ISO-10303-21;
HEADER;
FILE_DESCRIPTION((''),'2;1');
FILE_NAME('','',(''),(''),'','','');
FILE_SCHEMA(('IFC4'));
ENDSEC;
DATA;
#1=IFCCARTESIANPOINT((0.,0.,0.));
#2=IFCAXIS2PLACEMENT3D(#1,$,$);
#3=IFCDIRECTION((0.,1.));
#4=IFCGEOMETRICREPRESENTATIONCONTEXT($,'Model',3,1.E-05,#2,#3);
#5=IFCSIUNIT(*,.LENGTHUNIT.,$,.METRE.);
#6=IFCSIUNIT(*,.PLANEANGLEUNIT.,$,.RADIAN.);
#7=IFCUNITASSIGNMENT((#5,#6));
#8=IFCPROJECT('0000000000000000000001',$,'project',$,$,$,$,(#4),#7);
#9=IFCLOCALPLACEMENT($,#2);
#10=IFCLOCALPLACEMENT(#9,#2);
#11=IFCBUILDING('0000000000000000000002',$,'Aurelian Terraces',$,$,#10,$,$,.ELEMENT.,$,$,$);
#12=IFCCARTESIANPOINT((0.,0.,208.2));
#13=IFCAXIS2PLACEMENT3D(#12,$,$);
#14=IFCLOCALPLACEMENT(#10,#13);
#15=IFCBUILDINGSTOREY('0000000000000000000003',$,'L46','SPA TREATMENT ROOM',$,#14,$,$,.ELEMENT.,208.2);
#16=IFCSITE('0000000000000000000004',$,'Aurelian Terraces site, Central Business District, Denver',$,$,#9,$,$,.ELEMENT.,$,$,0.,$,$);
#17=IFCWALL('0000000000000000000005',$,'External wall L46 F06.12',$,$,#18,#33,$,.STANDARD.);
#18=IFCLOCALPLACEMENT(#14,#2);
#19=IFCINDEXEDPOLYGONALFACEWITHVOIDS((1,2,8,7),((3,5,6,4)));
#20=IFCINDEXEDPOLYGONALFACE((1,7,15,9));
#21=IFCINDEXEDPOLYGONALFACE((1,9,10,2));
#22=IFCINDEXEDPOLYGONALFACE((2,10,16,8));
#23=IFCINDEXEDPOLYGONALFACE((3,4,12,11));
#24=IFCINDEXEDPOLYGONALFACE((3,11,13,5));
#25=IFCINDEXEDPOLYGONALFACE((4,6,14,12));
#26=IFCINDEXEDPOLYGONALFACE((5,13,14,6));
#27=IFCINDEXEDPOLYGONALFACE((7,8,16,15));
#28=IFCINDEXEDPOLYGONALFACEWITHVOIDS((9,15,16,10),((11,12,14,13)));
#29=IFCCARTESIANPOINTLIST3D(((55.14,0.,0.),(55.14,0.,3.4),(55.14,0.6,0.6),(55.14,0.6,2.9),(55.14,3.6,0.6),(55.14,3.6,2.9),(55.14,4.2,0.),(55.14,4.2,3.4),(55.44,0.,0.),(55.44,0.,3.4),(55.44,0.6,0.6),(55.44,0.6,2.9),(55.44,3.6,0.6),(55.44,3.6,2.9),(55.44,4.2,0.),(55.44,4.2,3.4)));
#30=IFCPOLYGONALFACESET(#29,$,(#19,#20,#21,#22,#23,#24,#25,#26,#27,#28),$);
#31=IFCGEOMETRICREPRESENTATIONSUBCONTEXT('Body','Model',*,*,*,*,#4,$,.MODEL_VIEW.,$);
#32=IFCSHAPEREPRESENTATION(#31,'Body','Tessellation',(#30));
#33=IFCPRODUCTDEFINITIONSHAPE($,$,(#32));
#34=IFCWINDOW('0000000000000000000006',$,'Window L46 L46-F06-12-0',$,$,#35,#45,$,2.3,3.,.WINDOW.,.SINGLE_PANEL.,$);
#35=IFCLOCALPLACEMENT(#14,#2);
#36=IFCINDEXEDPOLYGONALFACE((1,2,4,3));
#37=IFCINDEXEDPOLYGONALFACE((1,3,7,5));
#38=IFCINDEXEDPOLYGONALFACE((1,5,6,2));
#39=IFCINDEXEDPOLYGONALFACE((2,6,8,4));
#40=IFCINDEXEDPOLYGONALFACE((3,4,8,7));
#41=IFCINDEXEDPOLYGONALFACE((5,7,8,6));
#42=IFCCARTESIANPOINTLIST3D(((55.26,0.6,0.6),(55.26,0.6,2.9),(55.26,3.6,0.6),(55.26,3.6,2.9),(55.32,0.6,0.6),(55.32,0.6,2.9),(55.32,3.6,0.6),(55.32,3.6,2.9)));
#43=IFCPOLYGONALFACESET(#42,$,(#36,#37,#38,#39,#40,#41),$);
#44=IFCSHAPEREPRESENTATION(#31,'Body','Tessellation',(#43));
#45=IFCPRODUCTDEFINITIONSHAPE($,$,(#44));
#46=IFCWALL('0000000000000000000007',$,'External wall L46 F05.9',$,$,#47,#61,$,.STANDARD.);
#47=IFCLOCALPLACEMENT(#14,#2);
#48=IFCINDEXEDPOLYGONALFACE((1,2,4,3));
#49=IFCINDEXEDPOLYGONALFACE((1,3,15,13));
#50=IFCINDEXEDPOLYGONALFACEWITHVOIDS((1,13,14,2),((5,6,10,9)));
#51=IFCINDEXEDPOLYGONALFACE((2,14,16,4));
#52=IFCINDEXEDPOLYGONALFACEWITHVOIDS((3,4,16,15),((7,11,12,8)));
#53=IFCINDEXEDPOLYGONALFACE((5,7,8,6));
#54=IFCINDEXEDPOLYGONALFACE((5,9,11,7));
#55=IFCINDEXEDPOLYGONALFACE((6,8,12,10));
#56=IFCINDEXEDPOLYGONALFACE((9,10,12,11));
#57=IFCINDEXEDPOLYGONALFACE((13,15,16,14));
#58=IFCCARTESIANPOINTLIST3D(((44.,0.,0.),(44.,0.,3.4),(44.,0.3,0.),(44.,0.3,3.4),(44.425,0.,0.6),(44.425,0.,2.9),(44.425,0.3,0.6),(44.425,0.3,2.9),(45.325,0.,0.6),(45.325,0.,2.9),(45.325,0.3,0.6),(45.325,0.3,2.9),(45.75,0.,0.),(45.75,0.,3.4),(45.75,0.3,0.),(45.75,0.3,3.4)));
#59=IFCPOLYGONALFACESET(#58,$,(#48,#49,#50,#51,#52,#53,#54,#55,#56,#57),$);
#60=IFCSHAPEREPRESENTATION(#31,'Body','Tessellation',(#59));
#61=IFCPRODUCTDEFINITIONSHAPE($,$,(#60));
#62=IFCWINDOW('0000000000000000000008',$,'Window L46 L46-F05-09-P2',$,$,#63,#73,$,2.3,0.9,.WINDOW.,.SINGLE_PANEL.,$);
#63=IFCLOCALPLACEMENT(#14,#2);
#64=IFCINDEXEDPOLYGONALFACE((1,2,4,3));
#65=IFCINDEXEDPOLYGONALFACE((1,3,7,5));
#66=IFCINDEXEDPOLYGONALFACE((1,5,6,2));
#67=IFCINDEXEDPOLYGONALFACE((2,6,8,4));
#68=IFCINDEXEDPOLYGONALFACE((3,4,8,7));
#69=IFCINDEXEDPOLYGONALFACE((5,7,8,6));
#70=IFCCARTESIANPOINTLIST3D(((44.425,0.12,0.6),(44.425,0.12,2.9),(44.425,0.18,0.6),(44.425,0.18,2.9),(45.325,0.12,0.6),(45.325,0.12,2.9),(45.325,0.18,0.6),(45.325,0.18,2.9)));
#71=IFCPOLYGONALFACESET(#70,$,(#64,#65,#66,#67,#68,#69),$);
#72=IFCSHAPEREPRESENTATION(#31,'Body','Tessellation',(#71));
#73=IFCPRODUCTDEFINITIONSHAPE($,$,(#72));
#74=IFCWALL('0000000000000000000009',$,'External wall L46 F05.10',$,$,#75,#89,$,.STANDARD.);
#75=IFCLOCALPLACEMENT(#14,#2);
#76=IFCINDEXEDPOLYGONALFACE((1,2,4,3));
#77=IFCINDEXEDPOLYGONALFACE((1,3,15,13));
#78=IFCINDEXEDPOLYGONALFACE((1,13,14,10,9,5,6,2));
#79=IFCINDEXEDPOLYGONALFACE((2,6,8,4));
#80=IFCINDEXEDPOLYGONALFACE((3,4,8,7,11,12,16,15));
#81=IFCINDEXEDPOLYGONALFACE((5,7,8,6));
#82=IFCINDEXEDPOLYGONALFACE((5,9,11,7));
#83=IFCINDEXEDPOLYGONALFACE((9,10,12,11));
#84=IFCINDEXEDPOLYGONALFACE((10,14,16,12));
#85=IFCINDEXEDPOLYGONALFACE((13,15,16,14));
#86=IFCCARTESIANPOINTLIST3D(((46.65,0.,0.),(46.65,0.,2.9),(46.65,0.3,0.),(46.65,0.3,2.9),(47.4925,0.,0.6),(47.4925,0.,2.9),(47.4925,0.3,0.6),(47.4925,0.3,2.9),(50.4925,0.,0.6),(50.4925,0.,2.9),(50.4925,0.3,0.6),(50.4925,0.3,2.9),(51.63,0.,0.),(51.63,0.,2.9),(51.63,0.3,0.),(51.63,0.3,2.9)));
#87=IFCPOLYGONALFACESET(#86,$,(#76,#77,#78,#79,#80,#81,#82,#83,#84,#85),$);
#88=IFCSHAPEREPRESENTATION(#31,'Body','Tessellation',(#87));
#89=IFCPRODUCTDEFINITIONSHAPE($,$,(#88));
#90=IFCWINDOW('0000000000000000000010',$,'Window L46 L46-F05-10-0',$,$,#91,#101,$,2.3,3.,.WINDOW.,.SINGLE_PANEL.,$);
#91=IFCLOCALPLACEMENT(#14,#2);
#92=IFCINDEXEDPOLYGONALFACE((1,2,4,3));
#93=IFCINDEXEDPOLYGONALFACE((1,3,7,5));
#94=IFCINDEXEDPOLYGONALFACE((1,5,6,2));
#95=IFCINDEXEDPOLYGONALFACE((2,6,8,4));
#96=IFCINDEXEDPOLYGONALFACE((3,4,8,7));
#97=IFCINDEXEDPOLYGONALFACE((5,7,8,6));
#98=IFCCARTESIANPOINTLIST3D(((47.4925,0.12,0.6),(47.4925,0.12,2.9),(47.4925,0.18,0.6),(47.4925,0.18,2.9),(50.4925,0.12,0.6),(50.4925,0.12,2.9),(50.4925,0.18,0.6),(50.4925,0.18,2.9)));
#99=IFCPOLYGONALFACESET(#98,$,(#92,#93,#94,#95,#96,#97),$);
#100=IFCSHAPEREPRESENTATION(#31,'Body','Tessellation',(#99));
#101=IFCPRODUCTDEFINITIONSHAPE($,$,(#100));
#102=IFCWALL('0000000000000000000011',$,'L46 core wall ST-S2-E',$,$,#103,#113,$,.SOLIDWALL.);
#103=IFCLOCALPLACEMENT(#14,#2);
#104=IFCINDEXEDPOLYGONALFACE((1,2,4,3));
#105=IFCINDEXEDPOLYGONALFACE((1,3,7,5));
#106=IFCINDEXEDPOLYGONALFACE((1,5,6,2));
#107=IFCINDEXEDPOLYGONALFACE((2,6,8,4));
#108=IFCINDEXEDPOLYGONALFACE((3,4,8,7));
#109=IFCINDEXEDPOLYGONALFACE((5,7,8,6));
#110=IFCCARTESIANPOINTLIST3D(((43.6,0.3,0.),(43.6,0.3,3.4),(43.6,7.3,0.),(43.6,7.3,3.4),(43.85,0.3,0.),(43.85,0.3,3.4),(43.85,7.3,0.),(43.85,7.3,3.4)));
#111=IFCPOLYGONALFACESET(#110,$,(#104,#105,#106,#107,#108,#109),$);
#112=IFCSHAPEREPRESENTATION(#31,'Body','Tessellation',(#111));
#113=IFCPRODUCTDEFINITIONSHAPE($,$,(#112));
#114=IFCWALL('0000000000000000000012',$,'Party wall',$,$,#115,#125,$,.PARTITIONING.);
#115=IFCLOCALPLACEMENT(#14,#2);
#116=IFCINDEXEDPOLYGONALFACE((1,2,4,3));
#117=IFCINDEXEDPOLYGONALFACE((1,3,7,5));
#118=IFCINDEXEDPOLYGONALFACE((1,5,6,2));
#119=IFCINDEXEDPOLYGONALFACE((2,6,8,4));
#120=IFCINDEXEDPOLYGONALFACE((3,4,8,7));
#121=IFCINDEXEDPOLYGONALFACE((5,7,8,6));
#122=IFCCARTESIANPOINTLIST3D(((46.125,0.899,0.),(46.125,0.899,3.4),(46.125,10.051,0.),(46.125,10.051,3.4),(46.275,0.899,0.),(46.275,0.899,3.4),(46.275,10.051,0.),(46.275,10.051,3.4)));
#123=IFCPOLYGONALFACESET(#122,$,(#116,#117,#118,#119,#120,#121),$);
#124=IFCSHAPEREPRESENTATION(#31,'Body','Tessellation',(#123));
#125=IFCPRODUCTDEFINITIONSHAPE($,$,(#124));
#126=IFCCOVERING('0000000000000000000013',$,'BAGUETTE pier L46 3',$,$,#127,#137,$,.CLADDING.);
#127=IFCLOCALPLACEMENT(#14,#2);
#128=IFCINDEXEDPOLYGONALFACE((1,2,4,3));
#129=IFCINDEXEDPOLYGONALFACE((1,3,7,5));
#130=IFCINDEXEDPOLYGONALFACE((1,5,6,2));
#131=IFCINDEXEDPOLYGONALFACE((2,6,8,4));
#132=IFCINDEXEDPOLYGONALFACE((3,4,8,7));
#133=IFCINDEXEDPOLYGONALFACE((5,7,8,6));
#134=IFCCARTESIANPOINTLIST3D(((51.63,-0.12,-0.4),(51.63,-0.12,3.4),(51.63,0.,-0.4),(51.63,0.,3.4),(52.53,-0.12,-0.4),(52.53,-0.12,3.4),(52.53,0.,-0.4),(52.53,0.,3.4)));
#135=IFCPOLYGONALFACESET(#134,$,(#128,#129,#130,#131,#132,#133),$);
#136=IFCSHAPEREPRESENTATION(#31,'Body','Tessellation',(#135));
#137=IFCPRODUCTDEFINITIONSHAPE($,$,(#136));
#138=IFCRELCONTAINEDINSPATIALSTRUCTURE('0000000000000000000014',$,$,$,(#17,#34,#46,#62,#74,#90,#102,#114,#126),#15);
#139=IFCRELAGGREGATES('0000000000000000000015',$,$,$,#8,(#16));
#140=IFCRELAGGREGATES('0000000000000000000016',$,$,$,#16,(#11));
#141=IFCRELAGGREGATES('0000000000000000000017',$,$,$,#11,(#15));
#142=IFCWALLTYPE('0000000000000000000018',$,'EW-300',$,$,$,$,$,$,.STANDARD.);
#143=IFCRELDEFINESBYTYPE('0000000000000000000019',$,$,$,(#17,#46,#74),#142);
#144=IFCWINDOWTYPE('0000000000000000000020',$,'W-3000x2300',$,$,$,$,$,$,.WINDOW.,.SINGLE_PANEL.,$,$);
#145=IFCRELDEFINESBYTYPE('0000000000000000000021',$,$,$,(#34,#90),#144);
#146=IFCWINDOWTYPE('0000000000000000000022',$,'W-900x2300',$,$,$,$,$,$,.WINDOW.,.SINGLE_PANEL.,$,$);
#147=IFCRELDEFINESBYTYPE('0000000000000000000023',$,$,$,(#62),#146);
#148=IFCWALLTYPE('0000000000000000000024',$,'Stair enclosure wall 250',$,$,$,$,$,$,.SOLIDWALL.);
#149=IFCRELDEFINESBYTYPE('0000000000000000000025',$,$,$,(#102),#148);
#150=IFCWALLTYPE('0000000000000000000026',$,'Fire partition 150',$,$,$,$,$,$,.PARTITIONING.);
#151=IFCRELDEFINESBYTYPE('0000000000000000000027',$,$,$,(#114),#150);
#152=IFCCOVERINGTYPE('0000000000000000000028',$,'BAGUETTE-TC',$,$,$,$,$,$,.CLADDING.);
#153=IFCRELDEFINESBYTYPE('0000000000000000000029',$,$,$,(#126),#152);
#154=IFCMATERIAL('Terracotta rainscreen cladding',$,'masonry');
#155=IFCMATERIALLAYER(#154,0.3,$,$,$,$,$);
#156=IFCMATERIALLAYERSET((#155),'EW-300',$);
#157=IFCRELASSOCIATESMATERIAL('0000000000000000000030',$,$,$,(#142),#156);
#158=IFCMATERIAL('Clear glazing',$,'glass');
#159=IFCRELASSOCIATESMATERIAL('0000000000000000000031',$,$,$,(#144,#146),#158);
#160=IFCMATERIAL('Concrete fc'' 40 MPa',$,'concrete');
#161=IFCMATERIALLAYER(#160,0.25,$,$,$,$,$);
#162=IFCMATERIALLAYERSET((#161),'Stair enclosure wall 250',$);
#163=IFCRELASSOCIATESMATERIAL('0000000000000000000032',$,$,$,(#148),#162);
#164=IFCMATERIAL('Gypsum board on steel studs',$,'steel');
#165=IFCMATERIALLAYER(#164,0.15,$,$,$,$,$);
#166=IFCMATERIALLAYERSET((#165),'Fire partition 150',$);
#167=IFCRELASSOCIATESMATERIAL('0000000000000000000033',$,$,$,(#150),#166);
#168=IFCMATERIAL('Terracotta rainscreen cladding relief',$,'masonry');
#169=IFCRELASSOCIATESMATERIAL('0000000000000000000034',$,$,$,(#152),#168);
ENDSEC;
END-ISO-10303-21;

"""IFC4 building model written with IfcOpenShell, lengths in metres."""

from ifc_helpers import new_model, si_unit, direction, frame, frame_2d, origin, origin_2d, place, context, subcontext, project, spatial, rectangle, extrude, source, transform, mapped, material, layer, layer_set, type_object, element, fill, save


model = new_model("IFC4")

# Units and contexts
model_context = context("Model", 3, precision=1e-05, world=origin(), true_north=direction((0.0, 1.0)))
body_context = subcontext(model_context, "Body", "Model", "MODEL_VIEW")
ifc_project = project(units=[si_unit("LENGTHUNIT", "METRE"), si_unit("PLANEANGLEUNIT", "RADIAN")], contexts=[model_context])

# Site, building, storey
site_placement = place(None, origin())
site = spatial("IfcSite", under=ifc_project, at=site_placement, Name="Aurelian Terraces site, Central Business District, Denver", CompositionType="ELEMENT", RefElevation=0.0)
building_placement = place(site_placement, origin())
building = spatial("IfcBuilding", under=site, at=building_placement, Name="Aurelian Terraces", CompositionType="ELEMENT")
storey_placement = place(building_placement, frame((0.0, 0.0, 208.2)))
storey = spatial("IfcBuildingStorey", under=building, at=storey_placement, Name="L46", Description="SPA TREATMENT ROOM", CompositionType="ELEMENT", Elevation=208.2)

# Shared definitions
ifc_material_1 = material(Name="Concrete fc' 40 MPa", Category="concrete")

# Shared definitions
ifc_material_2 = material(Name="Gypsum board on steel studs", Category="steel")

# Walls, openings, windows
ifc_material_3 = material(Name="Terracotta rainscreen cladding", Category="masonry")
ifc_layer_1 = layer(ifc_material_3, 0.3)
ifc_layer_set_1 = layer_set([ifc_layer_1], Name="EW-300")
wall_type_1 = type_object("IfcWallType", Name="EW-300", PredefinedType="STANDARD", material=ifc_layer_set_1)
ifc_material_4 = material(Name="Clear glazing", Category="glass")
shared_shape_1 = source(origin(), body_context, "Body", "SweptSolid", [
    extrude(rectangle(XDim=4.2, YDim=0.3, at=frame_2d((2.1, 0.0))), origin(), (0.0, 0.0, 1.0), 3.4),
])
wall_1_placement = place(storey_placement, frame((55.29, 0.0, 0.0), z_axis=(0.0, 0.0, 1.0), x_axis=(0.0, 1.0, 0.0)))
wall_1 = element("IfcWall", 1, at=wall_1_placement, inside=storey, type_object=wall_type_1, Name="External wall L46 F06.12", PredefinedType="STANDARD", context=body_context, shape_type="MappedRepresentation", body=[
    mapped(shared_shape_1, transform((0.0, 0.0, 0.0), scale=1.0)),
])
shared_shape_2 = source(origin(), body_context, "Body", "SweptSolid", [
    extrude(rectangle(XDim=3.0, YDim=2.3, at=frame_2d((1.5, 1.15))), frame((0.0, 0.16, 0.0), z_axis=(0.0, -1.0, 0.0), x_axis=(1.0, 0.0, 0.0)), (0.0, 0.0, 1.0), 0.32),
])
opening_1_placement = place(wall_1_placement, frame((0.6, 0.0, 0.6)))
opening_1 = element("IfcOpeningElement", 2, at=opening_1_placement, cuts=wall_1, PredefinedType="OPENING", context=body_context, shape_type="MappedRepresentation", body=[
    mapped(shared_shape_2, transform((0.0, 0.0, 0.0), scale=1.0)),
])
window_type_1 = type_object("IfcWindowType", Name="W-3000x2300", PartitioningType="SINGLE_PANEL", PredefinedType="WINDOW", material=ifc_material_4)
shared_shape_3 = source(origin(), body_context, "Body", "SweptSolid", [
    extrude(rectangle(XDim=3.0, YDim=2.3, at=frame_2d((1.5, 1.15))), frame((0.0, 0.03, 0.0), z_axis=(0.0, -1.0, 0.0), x_axis=(1.0, 0.0, 0.0)), (0.0, 0.0, 1.0), 0.06),
])
window_1_placement = place(opening_1_placement, origin())
window_1 = element("IfcWindow", 3, at=window_1_placement, inside=storey, type_object=window_type_1, Name="Window L46 L46-F06-12-0", OverallHeight=2.3, OverallWidth=3.0, PartitioningType="SINGLE_PANEL", PredefinedType="WINDOW", context=body_context, shape_type="MappedRepresentation", body=[
    mapped(shared_shape_3, transform((0.0, 0.0, 0.0), scale=1.0)),
])
fill(opening_1, window_1)
shared_shape_4 = source(origin(), body_context, "Body", "SweptSolid", [
    extrude(rectangle(XDim=1.75, YDim=0.3, at=frame_2d((0.875, 0.0))), origin(), (0.0, 0.0, 1.0), 3.4),
])
wall_2_placement = place(storey_placement, frame((44.0, 0.15, 0.0), z_axis=(0.0, 0.0, 1.0), x_axis=(1.0, 0.0, 0.0)))
wall_2 = element("IfcWall", 4, at=wall_2_placement, inside=storey, type_object=wall_type_1, Name="External wall L46 F05.9", PredefinedType="STANDARD", context=body_context, shape_type="MappedRepresentation", body=[
    mapped(shared_shape_4, transform((0.0, 0.0, 0.0), scale=1.0)),
])
shared_shape_5 = source(origin(), body_context, "Body", "SweptSolid", [
    extrude(rectangle(XDim=0.9, YDim=2.3, at=frame_2d((0.45, 1.15))), frame((0.0, 0.16, 0.0), z_axis=(0.0, -1.0, 0.0), x_axis=(1.0, 0.0, 0.0)), (0.0, 0.0, 1.0), 0.32),
])
opening_2_placement = place(wall_2_placement, frame((0.425, 0.0, 0.6)))
opening_2 = element("IfcOpeningElement", 5, at=opening_2_placement, cuts=wall_2, PredefinedType="OPENING", context=body_context, shape_type="MappedRepresentation", body=[
    mapped(shared_shape_5, transform((0.0, 0.0, 0.0), scale=1.0)),
])
window_type_2 = type_object("IfcWindowType", Name="W-900x2300", PartitioningType="SINGLE_PANEL", PredefinedType="WINDOW", material=ifc_material_4)
shared_shape_6 = source(origin(), body_context, "Body", "SweptSolid", [
    extrude(rectangle(XDim=0.9, YDim=2.3, at=frame_2d((0.45, 1.15))), frame((0.0, 0.03, 0.0), z_axis=(0.0, -1.0, 0.0), x_axis=(1.0, 0.0, 0.0)), (0.0, 0.0, 1.0), 0.06),
])
window_2_placement = place(opening_2_placement, origin())
window_2 = element("IfcWindow", 6, at=window_2_placement, inside=storey, type_object=window_type_2, Name="Window L46 L46-F05-09-P2", OverallHeight=2.3, OverallWidth=0.9, PartitioningType="SINGLE_PANEL", PredefinedType="WINDOW", context=body_context, shape_type="MappedRepresentation", body=[
    mapped(shared_shape_6, transform((0.0, 0.0, 0.0), scale=1.0)),
])
fill(opening_2, window_2)
shared_shape_7 = source(origin(), body_context, "Body", "SweptSolid", [
    extrude(rectangle(XDim=4.98, YDim=0.3, at=frame_2d((2.49, 0.0))), origin(), (0.0, 0.0, 1.0), 2.9),
])
wall_3_placement = place(storey_placement, frame((46.65, 0.15, 0.0), z_axis=(0.0, 0.0, 1.0), x_axis=(1.0, 0.0, 0.0)))
wall_3 = element("IfcWall", 7, at=wall_3_placement, inside=storey, type_object=wall_type_1, Name="External wall L46 F05.10", PredefinedType="STANDARD", context=body_context, shape_type="MappedRepresentation", body=[
    mapped(shared_shape_7, transform((0.0, 0.0, 0.0), scale=1.0)),
])
opening_3_placement = place(wall_3_placement, frame((0.8425, 0.0, 0.6)))
opening_3 = element("IfcOpeningElement", 8, at=opening_3_placement, cuts=wall_3, PredefinedType="OPENING", context=body_context, shape_type="MappedRepresentation", body=[
    mapped(shared_shape_2, transform((0.0, 0.0, 0.0), scale=1.0)),
])
window_3_placement = place(opening_3_placement, origin())
window_3 = element("IfcWindow", 9, at=window_3_placement, inside=storey, type_object=window_type_1, Name="Window L46 L46-F05-10-0", OverallHeight=2.3, OverallWidth=3.0, PartitioningType="SINGLE_PANEL", PredefinedType="WINDOW", context=body_context, shape_type="MappedRepresentation", body=[
    mapped(shared_shape_3, transform((0.0, 0.0, 0.0), scale=1.0)),
])
fill(opening_3, window_3)

# Walls
ifc_layer_2 = layer(ifc_material_1, 0.25)
ifc_layer_set_2 = layer_set([ifc_layer_2], Name="Stair enclosure wall 250")
wall_type_2 = type_object("IfcWallType", Name="Stair enclosure wall 250", PredefinedType="SOLIDWALL", material=ifc_layer_set_2)
shared_shape_8 = source(origin(), body_context, "Body", "SweptSolid", [
    extrude(rectangle(XDim=7.0, YDim=0.25, at=frame_2d((3.5, 0.0))), origin(), (0.0, 0.0, 1.0), 3.4),
])
wall_4_placement = place(storey_placement, frame((43.725, 0.3, 0.0), z_axis=(0.0, 0.0, 1.0), x_axis=(0.0, 1.0, 0.0)))
element("IfcWall", 10, at=wall_4_placement, inside=storey, type_object=wall_type_2, Name="L46 core wall ST-S2-E", PredefinedType="SOLIDWALL", context=body_context, shape_type="MappedRepresentation", body=[
    mapped(shared_shape_8, transform((0.0, 0.0, 0.0), scale=1.0)),
])
ifc_layer_3 = layer(ifc_material_2, 0.15)
ifc_layer_set_3 = layer_set([ifc_layer_3], Name="Fire partition 150")
wall_type_3 = type_object("IfcWallType", Name="Fire partition 150", PredefinedType="PARTITIONING", material=ifc_layer_set_3)
shared_shape_9 = source(origin(), body_context, "Body", "SweptSolid", [
    extrude(rectangle(XDim=9.152, YDim=0.15, at=frame_2d((4.576, 0.0))), origin(), (0.0, 0.0, 1.0), 3.4),
])
wall_5_placement = place(storey_placement, frame((46.2, 0.899, 0.0), z_axis=(0.0, 0.0, 1.0), x_axis=(0.0, 1.0, 0.0)))
element("IfcWall", 11, at=wall_5_placement, inside=storey, type_object=wall_type_3, Name="Party wall", PredefinedType="PARTITIONING", context=body_context, shape_type="MappedRepresentation", body=[
    mapped(shared_shape_9, transform((0.0, 0.0, 0.0), scale=1.0)),
])

# Covering
ifc_material_5 = material(Name="Terracotta rainscreen cladding relief", Category="masonry")
covering_type = type_object("IfcCoveringType", Name="BAGUETTE-TC", PredefinedType="CLADDING", material=ifc_material_5)
shared_shape_10 = source(origin(), body_context, "Body", "SweptSolid", [
    extrude(rectangle(XDim=0.9, YDim=0.12, at=origin_2d()), origin(), (0.0, 0.0, 1.0), 3.8),
])
covering_placement = place(storey_placement, frame((52.08, -0.06, -0.4), z_axis=(0.0, 0.0, 1.0), x_axis=(1.0, 0.0, 0.0)))
element("IfcCovering", 12, at=covering_placement, inside=storey, type_object=covering_type, Name="BAGUETTE pier L46 3", PredefinedType="CLADDING", context=body_context, shape_type="MappedRepresentation", body=[
    mapped(shared_shape_10, transform((0.0, 0.0, 0.0), scale=1.0)),
])

save(model, "model.ifc")
